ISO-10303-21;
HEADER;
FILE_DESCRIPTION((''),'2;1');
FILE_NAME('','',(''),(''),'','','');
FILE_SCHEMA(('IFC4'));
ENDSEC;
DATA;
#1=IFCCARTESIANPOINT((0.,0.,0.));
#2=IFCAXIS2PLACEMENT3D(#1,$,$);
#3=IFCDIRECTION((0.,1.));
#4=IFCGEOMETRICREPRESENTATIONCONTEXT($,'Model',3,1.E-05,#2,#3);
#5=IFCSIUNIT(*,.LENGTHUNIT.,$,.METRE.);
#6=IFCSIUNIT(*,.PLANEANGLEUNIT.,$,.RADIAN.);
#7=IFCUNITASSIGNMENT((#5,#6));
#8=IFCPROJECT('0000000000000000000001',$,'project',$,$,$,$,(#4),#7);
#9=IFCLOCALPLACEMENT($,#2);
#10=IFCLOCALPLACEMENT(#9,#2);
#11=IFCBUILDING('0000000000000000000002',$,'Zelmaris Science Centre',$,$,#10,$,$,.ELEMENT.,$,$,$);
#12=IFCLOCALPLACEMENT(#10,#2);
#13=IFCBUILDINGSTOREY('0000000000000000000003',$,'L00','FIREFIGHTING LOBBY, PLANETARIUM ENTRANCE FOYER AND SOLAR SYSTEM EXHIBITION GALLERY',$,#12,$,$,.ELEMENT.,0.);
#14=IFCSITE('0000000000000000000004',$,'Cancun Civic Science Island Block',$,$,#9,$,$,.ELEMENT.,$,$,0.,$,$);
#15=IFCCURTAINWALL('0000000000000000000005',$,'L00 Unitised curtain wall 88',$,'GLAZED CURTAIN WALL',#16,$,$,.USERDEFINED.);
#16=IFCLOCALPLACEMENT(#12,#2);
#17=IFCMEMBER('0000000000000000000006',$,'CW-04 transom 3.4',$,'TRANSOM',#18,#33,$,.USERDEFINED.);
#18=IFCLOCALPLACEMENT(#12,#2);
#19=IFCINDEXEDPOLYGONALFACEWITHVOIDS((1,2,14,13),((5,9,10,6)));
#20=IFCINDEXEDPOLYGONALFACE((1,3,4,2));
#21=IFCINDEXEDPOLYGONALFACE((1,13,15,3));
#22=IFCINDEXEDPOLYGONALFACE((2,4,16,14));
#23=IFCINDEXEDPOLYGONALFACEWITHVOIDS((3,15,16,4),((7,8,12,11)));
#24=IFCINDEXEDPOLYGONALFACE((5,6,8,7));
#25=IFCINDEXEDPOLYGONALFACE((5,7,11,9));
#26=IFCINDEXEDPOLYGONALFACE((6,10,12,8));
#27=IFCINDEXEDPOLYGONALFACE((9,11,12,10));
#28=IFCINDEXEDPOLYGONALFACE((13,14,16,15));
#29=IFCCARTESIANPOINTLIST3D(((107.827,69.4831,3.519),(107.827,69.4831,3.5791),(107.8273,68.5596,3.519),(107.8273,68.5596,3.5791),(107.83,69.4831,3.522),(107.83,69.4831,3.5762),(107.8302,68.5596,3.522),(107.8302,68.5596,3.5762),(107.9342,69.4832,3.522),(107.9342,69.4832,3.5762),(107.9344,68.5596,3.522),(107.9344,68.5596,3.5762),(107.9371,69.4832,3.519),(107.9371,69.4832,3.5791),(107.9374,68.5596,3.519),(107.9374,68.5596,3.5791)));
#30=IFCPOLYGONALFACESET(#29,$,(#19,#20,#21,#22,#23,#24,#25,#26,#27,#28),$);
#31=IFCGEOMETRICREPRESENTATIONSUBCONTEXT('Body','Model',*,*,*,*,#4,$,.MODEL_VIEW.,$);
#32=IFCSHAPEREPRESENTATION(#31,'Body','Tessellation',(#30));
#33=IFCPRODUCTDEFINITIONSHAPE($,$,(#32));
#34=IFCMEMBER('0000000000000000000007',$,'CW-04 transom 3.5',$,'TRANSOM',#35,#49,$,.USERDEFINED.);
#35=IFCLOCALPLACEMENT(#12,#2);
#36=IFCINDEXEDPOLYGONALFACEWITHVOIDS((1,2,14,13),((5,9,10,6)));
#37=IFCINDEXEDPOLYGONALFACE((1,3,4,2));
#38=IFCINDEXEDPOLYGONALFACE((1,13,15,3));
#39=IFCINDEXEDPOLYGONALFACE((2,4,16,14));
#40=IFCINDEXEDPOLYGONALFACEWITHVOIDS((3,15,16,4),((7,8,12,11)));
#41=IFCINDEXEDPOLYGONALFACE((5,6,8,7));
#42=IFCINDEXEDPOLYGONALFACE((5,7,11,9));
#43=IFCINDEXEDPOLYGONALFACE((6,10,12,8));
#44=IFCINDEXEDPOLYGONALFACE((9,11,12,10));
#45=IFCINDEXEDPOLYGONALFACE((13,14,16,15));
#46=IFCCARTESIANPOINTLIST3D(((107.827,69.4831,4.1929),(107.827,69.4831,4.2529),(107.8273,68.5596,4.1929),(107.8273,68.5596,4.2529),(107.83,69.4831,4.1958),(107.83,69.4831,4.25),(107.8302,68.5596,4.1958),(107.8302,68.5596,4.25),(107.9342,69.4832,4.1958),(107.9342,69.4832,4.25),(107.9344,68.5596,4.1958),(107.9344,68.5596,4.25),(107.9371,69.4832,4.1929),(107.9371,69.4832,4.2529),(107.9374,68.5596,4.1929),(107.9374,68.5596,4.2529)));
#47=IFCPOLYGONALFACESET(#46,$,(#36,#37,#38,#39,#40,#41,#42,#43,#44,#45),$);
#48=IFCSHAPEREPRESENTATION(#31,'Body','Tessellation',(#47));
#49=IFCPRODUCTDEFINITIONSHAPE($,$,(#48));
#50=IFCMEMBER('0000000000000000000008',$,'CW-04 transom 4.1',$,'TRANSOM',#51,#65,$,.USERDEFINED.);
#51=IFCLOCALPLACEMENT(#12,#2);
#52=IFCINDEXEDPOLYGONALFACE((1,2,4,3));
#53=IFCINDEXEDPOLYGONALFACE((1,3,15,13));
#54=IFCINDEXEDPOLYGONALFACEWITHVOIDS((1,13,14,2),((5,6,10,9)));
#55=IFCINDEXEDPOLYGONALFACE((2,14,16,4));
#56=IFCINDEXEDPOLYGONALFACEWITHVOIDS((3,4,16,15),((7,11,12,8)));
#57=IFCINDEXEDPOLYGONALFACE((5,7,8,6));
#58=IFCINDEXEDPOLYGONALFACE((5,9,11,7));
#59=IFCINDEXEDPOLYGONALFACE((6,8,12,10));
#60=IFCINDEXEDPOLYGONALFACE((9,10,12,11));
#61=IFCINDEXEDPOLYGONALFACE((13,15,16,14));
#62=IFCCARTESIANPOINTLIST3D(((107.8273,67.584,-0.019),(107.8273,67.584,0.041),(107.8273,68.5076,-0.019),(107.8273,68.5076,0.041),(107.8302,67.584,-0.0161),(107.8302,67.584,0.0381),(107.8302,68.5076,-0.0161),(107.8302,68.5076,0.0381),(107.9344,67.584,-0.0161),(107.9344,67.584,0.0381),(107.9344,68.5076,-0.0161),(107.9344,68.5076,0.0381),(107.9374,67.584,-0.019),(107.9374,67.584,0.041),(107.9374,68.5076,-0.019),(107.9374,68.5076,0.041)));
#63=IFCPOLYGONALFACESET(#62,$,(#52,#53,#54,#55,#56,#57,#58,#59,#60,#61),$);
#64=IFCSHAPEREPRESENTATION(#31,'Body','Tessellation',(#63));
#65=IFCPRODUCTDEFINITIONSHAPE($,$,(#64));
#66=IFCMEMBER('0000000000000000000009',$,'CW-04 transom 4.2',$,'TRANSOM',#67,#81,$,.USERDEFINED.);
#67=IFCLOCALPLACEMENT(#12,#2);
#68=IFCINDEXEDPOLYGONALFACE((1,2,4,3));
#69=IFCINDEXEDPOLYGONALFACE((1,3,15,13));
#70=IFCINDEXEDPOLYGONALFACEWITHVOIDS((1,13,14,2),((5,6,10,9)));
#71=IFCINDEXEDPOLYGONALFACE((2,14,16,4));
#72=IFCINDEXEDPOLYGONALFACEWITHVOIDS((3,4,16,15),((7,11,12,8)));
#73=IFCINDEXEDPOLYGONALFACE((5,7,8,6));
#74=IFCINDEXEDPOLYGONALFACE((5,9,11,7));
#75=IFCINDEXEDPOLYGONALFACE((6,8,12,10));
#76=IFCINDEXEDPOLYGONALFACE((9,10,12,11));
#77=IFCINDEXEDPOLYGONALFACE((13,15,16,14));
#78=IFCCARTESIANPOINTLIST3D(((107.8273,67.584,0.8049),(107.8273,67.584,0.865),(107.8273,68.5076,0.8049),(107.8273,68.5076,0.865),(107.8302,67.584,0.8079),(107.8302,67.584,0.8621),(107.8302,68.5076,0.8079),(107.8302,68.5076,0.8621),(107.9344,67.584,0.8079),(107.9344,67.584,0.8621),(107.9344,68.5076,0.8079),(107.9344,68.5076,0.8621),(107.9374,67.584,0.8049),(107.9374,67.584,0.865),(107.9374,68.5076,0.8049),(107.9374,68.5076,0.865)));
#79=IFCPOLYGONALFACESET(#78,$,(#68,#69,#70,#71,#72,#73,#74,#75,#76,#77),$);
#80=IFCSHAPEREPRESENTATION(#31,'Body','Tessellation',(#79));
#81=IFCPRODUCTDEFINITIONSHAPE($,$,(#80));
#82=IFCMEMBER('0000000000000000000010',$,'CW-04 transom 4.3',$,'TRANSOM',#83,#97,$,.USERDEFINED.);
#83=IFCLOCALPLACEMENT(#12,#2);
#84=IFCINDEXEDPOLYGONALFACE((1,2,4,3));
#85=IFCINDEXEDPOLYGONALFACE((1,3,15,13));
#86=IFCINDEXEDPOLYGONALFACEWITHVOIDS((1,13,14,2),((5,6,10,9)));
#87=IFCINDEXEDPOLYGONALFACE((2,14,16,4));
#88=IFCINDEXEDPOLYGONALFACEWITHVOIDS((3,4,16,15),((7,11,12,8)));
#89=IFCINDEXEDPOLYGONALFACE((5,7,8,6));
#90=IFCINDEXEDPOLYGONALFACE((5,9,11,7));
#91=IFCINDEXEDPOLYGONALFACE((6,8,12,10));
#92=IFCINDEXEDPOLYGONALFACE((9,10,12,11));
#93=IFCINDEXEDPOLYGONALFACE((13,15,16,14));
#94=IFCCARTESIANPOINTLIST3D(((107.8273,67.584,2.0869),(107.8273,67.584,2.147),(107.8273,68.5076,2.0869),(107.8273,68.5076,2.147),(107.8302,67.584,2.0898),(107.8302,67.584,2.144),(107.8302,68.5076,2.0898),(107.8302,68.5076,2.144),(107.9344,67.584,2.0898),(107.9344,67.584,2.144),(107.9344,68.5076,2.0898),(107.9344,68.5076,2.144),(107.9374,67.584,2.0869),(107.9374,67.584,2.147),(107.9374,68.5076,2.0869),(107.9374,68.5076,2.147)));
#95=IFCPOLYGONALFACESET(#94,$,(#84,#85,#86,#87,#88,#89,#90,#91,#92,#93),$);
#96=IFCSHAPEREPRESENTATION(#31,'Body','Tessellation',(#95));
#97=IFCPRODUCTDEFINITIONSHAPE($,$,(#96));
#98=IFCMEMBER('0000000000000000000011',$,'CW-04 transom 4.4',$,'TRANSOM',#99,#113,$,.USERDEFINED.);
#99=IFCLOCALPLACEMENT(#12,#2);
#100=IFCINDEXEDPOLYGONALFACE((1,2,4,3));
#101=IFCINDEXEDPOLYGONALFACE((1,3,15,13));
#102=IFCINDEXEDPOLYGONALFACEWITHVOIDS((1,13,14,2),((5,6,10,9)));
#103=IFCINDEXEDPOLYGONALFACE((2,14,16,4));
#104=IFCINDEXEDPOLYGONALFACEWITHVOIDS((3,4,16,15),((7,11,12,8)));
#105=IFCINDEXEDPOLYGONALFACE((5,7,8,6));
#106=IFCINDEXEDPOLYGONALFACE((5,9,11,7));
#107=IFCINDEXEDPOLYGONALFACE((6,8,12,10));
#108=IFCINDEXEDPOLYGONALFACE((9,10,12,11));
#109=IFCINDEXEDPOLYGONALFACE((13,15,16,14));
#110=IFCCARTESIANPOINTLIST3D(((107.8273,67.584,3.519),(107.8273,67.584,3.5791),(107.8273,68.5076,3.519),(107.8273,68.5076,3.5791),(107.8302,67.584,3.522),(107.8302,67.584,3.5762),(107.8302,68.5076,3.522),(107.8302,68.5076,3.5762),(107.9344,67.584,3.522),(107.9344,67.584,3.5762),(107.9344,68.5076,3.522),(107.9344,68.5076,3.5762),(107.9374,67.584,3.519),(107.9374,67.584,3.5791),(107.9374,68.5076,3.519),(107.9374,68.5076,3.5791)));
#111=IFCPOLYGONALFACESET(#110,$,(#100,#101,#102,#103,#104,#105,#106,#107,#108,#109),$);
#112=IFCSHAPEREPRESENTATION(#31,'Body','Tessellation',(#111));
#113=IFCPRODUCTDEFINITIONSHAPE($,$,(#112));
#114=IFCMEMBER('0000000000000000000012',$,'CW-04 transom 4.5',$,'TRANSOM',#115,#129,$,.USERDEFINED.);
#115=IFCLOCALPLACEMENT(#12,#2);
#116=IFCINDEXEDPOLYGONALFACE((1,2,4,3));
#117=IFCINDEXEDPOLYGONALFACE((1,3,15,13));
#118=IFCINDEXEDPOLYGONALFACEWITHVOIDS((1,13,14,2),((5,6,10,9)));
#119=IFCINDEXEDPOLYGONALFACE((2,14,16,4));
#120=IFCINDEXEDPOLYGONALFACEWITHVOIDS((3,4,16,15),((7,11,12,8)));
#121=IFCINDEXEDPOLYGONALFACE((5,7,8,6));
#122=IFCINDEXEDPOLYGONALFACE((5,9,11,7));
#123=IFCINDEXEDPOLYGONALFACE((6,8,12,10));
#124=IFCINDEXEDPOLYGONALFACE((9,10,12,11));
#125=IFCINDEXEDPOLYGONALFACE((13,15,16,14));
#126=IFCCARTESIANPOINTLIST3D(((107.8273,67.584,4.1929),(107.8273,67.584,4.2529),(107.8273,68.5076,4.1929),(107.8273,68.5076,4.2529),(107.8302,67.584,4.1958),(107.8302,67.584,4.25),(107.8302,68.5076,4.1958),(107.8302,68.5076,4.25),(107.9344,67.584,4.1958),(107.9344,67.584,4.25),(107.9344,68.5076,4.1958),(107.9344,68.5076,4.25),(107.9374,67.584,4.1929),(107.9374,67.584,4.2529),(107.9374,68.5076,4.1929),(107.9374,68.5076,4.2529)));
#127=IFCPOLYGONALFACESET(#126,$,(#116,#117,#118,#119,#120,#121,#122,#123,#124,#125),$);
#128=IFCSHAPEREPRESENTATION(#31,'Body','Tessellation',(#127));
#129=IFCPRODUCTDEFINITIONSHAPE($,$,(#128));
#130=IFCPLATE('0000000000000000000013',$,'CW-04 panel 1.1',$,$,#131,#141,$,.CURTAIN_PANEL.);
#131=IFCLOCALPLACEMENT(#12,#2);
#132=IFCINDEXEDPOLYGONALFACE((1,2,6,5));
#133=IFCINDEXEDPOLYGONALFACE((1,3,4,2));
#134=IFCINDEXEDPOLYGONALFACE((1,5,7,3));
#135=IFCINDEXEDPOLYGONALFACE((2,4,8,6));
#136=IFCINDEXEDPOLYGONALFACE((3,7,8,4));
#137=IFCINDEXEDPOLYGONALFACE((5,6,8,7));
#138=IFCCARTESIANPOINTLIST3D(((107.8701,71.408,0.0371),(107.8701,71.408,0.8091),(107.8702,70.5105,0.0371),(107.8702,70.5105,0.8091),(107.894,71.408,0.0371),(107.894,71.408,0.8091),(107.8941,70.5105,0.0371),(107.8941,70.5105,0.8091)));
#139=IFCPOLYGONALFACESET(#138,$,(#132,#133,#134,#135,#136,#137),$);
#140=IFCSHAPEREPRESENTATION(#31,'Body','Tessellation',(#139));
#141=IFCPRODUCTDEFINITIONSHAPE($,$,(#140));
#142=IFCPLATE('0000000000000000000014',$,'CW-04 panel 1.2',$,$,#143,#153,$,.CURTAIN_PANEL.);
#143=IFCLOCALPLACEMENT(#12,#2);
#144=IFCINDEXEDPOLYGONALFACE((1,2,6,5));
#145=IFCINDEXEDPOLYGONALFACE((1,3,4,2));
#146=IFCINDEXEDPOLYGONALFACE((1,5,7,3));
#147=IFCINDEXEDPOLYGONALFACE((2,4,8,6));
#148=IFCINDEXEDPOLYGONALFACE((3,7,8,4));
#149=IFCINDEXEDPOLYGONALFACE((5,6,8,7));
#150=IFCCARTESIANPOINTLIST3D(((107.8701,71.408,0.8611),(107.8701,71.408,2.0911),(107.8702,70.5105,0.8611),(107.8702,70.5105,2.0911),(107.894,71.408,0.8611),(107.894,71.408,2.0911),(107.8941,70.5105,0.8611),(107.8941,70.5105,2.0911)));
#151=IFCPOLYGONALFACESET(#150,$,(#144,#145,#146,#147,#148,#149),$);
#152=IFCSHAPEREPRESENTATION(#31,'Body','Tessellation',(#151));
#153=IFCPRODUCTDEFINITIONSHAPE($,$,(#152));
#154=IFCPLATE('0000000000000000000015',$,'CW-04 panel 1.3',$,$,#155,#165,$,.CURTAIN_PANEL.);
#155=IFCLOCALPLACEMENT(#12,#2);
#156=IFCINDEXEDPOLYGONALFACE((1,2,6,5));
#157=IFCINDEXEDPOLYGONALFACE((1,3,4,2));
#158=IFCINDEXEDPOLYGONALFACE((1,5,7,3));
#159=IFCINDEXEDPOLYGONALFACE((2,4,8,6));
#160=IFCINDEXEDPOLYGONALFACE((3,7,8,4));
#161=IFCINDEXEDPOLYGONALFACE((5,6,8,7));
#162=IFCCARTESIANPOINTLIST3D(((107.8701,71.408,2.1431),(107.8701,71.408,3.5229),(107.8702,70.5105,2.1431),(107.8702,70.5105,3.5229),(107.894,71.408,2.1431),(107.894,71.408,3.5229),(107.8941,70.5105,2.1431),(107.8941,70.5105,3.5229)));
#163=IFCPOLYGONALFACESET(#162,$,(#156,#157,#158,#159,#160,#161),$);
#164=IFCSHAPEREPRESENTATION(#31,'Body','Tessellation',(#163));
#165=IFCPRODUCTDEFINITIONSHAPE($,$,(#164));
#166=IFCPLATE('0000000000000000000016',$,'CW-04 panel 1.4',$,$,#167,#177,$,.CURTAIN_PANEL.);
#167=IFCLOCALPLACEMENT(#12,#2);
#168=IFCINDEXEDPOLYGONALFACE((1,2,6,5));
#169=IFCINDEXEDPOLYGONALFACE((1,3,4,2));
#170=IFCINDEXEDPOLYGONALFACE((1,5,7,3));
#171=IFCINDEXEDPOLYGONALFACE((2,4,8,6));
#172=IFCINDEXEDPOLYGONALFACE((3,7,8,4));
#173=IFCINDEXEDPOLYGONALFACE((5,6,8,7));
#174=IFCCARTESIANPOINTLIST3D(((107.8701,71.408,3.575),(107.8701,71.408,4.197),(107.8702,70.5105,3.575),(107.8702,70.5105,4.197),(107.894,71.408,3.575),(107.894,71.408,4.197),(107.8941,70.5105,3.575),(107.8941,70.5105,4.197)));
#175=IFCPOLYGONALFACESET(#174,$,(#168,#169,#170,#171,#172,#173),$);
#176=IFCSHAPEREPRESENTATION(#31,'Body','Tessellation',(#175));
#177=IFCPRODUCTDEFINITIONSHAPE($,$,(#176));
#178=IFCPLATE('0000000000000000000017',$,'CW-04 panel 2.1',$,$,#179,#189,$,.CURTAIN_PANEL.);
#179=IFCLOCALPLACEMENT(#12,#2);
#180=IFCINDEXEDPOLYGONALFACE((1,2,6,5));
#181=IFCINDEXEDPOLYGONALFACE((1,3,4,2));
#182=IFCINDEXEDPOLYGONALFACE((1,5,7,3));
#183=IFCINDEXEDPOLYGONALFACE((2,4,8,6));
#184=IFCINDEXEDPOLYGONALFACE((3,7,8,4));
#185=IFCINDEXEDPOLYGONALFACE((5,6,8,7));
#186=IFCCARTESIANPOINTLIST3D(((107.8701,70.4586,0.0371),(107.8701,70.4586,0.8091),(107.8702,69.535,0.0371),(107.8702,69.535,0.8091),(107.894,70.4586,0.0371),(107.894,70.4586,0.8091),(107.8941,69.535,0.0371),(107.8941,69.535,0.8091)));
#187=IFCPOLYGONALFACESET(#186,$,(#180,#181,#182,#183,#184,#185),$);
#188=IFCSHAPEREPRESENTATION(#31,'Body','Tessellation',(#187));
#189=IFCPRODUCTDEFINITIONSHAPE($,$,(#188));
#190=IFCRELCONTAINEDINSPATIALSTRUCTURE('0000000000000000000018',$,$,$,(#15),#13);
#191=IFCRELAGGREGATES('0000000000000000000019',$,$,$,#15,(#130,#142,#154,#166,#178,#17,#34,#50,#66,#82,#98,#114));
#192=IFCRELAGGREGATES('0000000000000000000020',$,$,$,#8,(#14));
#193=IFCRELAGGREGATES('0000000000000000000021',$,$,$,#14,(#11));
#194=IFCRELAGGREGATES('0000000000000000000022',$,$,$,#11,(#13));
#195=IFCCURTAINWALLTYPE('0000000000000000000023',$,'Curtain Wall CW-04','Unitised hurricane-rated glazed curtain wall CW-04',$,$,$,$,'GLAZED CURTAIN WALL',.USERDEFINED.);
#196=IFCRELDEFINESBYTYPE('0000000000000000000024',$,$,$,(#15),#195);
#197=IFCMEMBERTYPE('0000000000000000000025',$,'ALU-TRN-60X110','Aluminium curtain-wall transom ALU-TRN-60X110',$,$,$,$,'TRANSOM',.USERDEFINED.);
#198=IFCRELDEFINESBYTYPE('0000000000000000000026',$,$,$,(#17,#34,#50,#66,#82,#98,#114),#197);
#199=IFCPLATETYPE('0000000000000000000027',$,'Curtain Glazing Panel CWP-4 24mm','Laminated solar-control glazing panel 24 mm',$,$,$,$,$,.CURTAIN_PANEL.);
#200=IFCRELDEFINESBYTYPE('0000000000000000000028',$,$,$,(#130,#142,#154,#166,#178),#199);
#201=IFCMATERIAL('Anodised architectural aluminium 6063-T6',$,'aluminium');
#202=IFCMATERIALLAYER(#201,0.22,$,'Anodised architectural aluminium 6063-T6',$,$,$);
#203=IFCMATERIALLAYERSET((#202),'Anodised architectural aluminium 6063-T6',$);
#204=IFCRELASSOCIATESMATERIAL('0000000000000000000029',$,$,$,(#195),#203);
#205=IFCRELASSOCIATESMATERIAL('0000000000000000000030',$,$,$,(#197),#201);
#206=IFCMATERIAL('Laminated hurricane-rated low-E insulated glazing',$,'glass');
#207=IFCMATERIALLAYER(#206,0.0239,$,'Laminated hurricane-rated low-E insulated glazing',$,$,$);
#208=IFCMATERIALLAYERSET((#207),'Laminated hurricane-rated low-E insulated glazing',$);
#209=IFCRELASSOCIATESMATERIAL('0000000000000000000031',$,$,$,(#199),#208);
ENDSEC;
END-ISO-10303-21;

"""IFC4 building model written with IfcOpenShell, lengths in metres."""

from ifc_helpers import new_model, si_unit, direction, frame, origin, origin_2d, place, context, subcontext, project, spatial, rectangle, hollow_rectangle, extrude, material, layer, layer_set, material_profile, profile_set, type_object, element, aggregate, save


model = new_model("IFC4")

# Units and contexts
model_context = context("Model", 3, precision=1e-05, world=origin(), true_north=direction((0.0, 1.0)))
body_context = subcontext(model_context, "Body", "Model", "MODEL_VIEW")
ifc_project = project(units=[si_unit("LENGTHUNIT", "METRE"), si_unit("PLANEANGLEUNIT", "RADIAN")], contexts=[model_context])

# Site, building, storey
site_placement = place(None, origin())
site = spatial("IfcSite", under=ifc_project, at=site_placement, Name="Cancun Civic Science Island Block", CompositionType="ELEMENT", RefElevation=0.0)
building_placement = place(site_placement, origin())
building = spatial("IfcBuilding", under=site, at=building_placement, Name="Zelmaris Science Centre", CompositionType="ELEMENT")
storey_placement = place(building_placement, origin())
storey = spatial("IfcBuildingStorey", under=building, at=storey_placement, Name="L00", Description="FIREFIGHTING LOBBY, PLANETARIUM ENTRANCE FOYER AND SOLAR SYSTEM EXHIBITION GALLERY", CompositionType="ELEMENT", Elevation=0.0)

# Curtain wall, members, plates
ifc_material_1 = material(Name="Anodised architectural aluminium 6063-T6", Category="aluminium")
ifc_layer_1 = layer(ifc_material_1, 0.22, Name="Anodised architectural aluminium 6063-T6")
ifc_layer_set_1 = layer_set([ifc_layer_1], Name="Anodised architectural aluminium 6063-T6")
curtain_wall_type = type_object("IfcCurtainWallType", Name="Curtain Wall CW-04", Description="Unitised hurricane-rated glazed curtain wall CW-04", ElementType="GLAZED CURTAIN WALL", PredefinedType="USERDEFINED", material=ifc_layer_set_1)
curtain_wall_placement = place(storey_placement, origin())
curtain_wall = element("IfcCurtainWall", 1, at=curtain_wall_placement, inside=storey, type_object=curtain_wall_type, Name="L00 Unitised curtain wall 88", ObjectType="GLAZED CURTAIN WALL", PredefinedType="USERDEFINED")
ifc_material_profile_1 = material_profile(ifc_material_1, hollow_rectangle(XDim=0.0601, YDim=0.1101, WallThickness=0.0029, at=origin_2d()), Name="ALU-TRN-60X110")
ifc_profile_set_1 = profile_set([ifc_material_profile_1], Name="Anodised architectural aluminium 6063-T6")
member_type_1 = type_object("IfcMemberType", Name="ALU-TRN-60X110", Description="Aluminium curtain-wall transom ALU-TRN-60X110", ElementType="TRANSOM", PredefinedType="USERDEFINED", material=ifc_profile_set_1)
member_1_placement = place(storey_placement, frame((107.8821, 69.4832, 3.5491), z_axis=(0.000264, -1.0, 0.0), x_axis=(0.0, 0.0, 1.0)))
member_1 = element("IfcMember", 2, at=member_1_placement, type_object=member_type_1, Name="CW-04 transom 3.4", ObjectType="TRANSOM", PredefinedType="USERDEFINED", context=body_context, shape_type="SweptSolid", body=[
    extrude(hollow_rectangle(XDim=0.0601, YDim=0.1101, WallThickness=0.0029, at=origin_2d()), origin(), (0.0, 0.0, 1.0), 0.9236),
])
member_2_placement = place(storey_placement, frame((107.8821, 69.4832, 4.2229), z_axis=(0.000264, -1.0, 0.0), x_axis=(0.0, 0.0, 1.0)))
member_2 = element("IfcMember", 3, at=member_2_placement, type_object=member_type_1, Name="CW-04 transom 3.5", ObjectType="TRANSOM", PredefinedType="USERDEFINED", context=body_context, shape_type="SweptSolid", body=[
    extrude(hollow_rectangle(XDim=0.0601, YDim=0.1101, WallThickness=0.0029, at=origin_2d()), origin(), (0.0, 0.0, 1.0), 0.9236),
])
member_3_placement = place(storey_placement, frame((107.8823, 68.5076, 0.011), z_axis=(0.0, -1.0, 0.0), x_axis=(0.0, 0.0, 1.0)))
member_3 = element("IfcMember", 4, at=member_3_placement, type_object=member_type_1, Name="CW-04 transom 4.1", ObjectType="TRANSOM", PredefinedType="USERDEFINED", context=body_context, shape_type="SweptSolid", body=[
    extrude(hollow_rectangle(XDim=0.0601, YDim=0.1101, WallThickness=0.0029, at=origin_2d()), origin(), (0.0, 0.0, 1.0), 0.9236),
])
member_4_placement = place(storey_placement, frame((107.8823, 68.5076, 0.835), z_axis=(0.0, -1.0, 0.0), x_axis=(0.0, 0.0, 1.0)))
member_4 = element("IfcMember", 5, at=member_4_placement, type_object=member_type_1, Name="CW-04 transom 4.2", ObjectType="TRANSOM", PredefinedType="USERDEFINED", context=body_context, shape_type="SweptSolid", body=[
    extrude(hollow_rectangle(XDim=0.0601, YDim=0.1101, WallThickness=0.0029, at=origin_2d()), origin(), (0.0, 0.0, 1.0), 0.9236),
])
member_5_placement = place(storey_placement, frame((107.8823, 68.5076, 2.1169), z_axis=(0.0, -1.0, 0.0), x_axis=(0.0, 0.0, 1.0)))
member_5 = element("IfcMember", 6, at=member_5_placement, type_object=member_type_1, Name="CW-04 transom 4.3", ObjectType="TRANSOM", PredefinedType="USERDEFINED", context=body_context, shape_type="SweptSolid", body=[
    extrude(hollow_rectangle(XDim=0.0601, YDim=0.1101, WallThickness=0.0029, at=origin_2d()), origin(), (0.0, 0.0, 1.0), 0.9236),
])
member_6_placement = place(storey_placement, frame((107.8823, 68.5076, 3.5491), z_axis=(0.0, -1.0, 0.0), x_axis=(0.0, 0.0, 1.0)))
member_6 = element("IfcMember", 7, at=member_6_placement, type_object=member_type_1, Name="CW-04 transom 4.4", ObjectType="TRANSOM", PredefinedType="USERDEFINED", context=body_context, shape_type="SweptSolid", body=[
    extrude(hollow_rectangle(XDim=0.0601, YDim=0.1101, WallThickness=0.0029, at=origin_2d()), origin(), (0.0, 0.0, 1.0), 0.9236),
])
member_7_placement = place(storey_placement, frame((107.8823, 68.5076, 4.2229), z_axis=(0.0, -1.0, 0.0), x_axis=(0.0, 0.0, 1.0)))
member_7 = element("IfcMember", 8, at=member_7_placement, type_object=member_type_1, Name="CW-04 transom 4.5", ObjectType="TRANSOM", PredefinedType="USERDEFINED", context=body_context, shape_type="SweptSolid", body=[
    extrude(hollow_rectangle(XDim=0.0601, YDim=0.1101, WallThickness=0.0029, at=origin_2d()), origin(), (0.0, 0.0, 1.0), 0.9236),
])
ifc_material_2 = material(Name="Laminated hurricane-rated low-E insulated glazing", Category="glass")
ifc_layer_2 = layer(ifc_material_2, 0.0239, Name="Laminated hurricane-rated low-E insulated glazing")
ifc_layer_set_2 = layer_set([ifc_layer_2], Name="Laminated hurricane-rated low-E insulated glazing")
plate_type = type_object("IfcPlateType", Name="Curtain Glazing Panel CWP-4 24mm", Description="Laminated solar-control glazing panel 24 mm", PredefinedType="CURTAIN_PANEL", material=ifc_layer_set_2)
plate_1_placement = place(storey_placement, frame((107.8821, 70.9592, 0.0371), z_axis=(0.0, 0.0, 1.0), x_axis=(0.000123, -1.0, 0.0)))
plate_1 = element("IfcPlate", 9, at=plate_1_placement, type_object=plate_type, Name="CW-04 panel 1.1", PredefinedType="CURTAIN_PANEL", context=body_context, shape_type="SweptSolid", body=[
    extrude(rectangle(XDim=0.8975, YDim=0.0239, at=origin_2d()), origin(), (0.0, 0.0, 1.0), 0.772),
])
plate_2_placement = place(storey_placement, frame((107.8821, 70.9592, 0.8611), z_axis=(0.0, 0.0, 1.0), x_axis=(0.000123, -1.0, 0.0)))
plate_2 = element("IfcPlate", 10, at=plate_2_placement, type_object=plate_type, Name="CW-04 panel 1.2", PredefinedType="CURTAIN_PANEL", context=body_context, shape_type="SweptSolid", body=[
    extrude(rectangle(XDim=0.8975, YDim=0.0239, at=origin_2d()), origin(), (0.0, 0.0, 1.0), 1.23),
])
plate_3_placement = place(storey_placement, frame((107.8821, 70.9592, 2.1431), z_axis=(0.0, 0.0, 1.0), x_axis=(0.000123, -1.0, 0.0)))
plate_3 = element("IfcPlate", 11, at=plate_3_placement, type_object=plate_type, Name="CW-04 panel 1.3", PredefinedType="CURTAIN_PANEL", context=body_context, shape_type="SweptSolid", body=[
    extrude(rectangle(XDim=0.8975, YDim=0.0239, at=origin_2d()), origin(), (0.0, 0.0, 1.0), 1.3799),
])
plate_4_placement = place(storey_placement, frame((107.8821, 70.9592, 3.575), z_axis=(0.0, 0.0, 1.0), x_axis=(0.000123, -1.0, 0.0)))
plate_4 = element("IfcPlate", 12, at=plate_4_placement, type_object=plate_type, Name="CW-04 panel 1.4", PredefinedType="CURTAIN_PANEL", context=body_context, shape_type="SweptSolid", body=[
    extrude(rectangle(XDim=0.8975, YDim=0.0239, at=origin_2d()), origin(), (0.0, 0.0, 1.0), 0.6221),
])
plate_5_placement = place(storey_placement, frame((107.8821, 69.9968, 0.0371), z_axis=(0.0, 0.0, 1.0), x_axis=(0.000123, -1.0, 0.0)))
plate_5 = element("IfcPlate", 13, at=plate_5_placement, type_object=plate_type, Name="CW-04 panel 2.1", PredefinedType="CURTAIN_PANEL", context=body_context, shape_type="SweptSolid", body=[
    extrude(rectangle(XDim=0.9236, YDim=0.0239, at=origin_2d()), origin(), (0.0, 0.0, 1.0), 0.772),
])
aggregate(curtain_wall, [plate_1, plate_2, plate_3, plate_4, plate_5, member_1, member_2, member_3, member_4, member_5, member_6, member_7])

save(model, "model.ifc")
